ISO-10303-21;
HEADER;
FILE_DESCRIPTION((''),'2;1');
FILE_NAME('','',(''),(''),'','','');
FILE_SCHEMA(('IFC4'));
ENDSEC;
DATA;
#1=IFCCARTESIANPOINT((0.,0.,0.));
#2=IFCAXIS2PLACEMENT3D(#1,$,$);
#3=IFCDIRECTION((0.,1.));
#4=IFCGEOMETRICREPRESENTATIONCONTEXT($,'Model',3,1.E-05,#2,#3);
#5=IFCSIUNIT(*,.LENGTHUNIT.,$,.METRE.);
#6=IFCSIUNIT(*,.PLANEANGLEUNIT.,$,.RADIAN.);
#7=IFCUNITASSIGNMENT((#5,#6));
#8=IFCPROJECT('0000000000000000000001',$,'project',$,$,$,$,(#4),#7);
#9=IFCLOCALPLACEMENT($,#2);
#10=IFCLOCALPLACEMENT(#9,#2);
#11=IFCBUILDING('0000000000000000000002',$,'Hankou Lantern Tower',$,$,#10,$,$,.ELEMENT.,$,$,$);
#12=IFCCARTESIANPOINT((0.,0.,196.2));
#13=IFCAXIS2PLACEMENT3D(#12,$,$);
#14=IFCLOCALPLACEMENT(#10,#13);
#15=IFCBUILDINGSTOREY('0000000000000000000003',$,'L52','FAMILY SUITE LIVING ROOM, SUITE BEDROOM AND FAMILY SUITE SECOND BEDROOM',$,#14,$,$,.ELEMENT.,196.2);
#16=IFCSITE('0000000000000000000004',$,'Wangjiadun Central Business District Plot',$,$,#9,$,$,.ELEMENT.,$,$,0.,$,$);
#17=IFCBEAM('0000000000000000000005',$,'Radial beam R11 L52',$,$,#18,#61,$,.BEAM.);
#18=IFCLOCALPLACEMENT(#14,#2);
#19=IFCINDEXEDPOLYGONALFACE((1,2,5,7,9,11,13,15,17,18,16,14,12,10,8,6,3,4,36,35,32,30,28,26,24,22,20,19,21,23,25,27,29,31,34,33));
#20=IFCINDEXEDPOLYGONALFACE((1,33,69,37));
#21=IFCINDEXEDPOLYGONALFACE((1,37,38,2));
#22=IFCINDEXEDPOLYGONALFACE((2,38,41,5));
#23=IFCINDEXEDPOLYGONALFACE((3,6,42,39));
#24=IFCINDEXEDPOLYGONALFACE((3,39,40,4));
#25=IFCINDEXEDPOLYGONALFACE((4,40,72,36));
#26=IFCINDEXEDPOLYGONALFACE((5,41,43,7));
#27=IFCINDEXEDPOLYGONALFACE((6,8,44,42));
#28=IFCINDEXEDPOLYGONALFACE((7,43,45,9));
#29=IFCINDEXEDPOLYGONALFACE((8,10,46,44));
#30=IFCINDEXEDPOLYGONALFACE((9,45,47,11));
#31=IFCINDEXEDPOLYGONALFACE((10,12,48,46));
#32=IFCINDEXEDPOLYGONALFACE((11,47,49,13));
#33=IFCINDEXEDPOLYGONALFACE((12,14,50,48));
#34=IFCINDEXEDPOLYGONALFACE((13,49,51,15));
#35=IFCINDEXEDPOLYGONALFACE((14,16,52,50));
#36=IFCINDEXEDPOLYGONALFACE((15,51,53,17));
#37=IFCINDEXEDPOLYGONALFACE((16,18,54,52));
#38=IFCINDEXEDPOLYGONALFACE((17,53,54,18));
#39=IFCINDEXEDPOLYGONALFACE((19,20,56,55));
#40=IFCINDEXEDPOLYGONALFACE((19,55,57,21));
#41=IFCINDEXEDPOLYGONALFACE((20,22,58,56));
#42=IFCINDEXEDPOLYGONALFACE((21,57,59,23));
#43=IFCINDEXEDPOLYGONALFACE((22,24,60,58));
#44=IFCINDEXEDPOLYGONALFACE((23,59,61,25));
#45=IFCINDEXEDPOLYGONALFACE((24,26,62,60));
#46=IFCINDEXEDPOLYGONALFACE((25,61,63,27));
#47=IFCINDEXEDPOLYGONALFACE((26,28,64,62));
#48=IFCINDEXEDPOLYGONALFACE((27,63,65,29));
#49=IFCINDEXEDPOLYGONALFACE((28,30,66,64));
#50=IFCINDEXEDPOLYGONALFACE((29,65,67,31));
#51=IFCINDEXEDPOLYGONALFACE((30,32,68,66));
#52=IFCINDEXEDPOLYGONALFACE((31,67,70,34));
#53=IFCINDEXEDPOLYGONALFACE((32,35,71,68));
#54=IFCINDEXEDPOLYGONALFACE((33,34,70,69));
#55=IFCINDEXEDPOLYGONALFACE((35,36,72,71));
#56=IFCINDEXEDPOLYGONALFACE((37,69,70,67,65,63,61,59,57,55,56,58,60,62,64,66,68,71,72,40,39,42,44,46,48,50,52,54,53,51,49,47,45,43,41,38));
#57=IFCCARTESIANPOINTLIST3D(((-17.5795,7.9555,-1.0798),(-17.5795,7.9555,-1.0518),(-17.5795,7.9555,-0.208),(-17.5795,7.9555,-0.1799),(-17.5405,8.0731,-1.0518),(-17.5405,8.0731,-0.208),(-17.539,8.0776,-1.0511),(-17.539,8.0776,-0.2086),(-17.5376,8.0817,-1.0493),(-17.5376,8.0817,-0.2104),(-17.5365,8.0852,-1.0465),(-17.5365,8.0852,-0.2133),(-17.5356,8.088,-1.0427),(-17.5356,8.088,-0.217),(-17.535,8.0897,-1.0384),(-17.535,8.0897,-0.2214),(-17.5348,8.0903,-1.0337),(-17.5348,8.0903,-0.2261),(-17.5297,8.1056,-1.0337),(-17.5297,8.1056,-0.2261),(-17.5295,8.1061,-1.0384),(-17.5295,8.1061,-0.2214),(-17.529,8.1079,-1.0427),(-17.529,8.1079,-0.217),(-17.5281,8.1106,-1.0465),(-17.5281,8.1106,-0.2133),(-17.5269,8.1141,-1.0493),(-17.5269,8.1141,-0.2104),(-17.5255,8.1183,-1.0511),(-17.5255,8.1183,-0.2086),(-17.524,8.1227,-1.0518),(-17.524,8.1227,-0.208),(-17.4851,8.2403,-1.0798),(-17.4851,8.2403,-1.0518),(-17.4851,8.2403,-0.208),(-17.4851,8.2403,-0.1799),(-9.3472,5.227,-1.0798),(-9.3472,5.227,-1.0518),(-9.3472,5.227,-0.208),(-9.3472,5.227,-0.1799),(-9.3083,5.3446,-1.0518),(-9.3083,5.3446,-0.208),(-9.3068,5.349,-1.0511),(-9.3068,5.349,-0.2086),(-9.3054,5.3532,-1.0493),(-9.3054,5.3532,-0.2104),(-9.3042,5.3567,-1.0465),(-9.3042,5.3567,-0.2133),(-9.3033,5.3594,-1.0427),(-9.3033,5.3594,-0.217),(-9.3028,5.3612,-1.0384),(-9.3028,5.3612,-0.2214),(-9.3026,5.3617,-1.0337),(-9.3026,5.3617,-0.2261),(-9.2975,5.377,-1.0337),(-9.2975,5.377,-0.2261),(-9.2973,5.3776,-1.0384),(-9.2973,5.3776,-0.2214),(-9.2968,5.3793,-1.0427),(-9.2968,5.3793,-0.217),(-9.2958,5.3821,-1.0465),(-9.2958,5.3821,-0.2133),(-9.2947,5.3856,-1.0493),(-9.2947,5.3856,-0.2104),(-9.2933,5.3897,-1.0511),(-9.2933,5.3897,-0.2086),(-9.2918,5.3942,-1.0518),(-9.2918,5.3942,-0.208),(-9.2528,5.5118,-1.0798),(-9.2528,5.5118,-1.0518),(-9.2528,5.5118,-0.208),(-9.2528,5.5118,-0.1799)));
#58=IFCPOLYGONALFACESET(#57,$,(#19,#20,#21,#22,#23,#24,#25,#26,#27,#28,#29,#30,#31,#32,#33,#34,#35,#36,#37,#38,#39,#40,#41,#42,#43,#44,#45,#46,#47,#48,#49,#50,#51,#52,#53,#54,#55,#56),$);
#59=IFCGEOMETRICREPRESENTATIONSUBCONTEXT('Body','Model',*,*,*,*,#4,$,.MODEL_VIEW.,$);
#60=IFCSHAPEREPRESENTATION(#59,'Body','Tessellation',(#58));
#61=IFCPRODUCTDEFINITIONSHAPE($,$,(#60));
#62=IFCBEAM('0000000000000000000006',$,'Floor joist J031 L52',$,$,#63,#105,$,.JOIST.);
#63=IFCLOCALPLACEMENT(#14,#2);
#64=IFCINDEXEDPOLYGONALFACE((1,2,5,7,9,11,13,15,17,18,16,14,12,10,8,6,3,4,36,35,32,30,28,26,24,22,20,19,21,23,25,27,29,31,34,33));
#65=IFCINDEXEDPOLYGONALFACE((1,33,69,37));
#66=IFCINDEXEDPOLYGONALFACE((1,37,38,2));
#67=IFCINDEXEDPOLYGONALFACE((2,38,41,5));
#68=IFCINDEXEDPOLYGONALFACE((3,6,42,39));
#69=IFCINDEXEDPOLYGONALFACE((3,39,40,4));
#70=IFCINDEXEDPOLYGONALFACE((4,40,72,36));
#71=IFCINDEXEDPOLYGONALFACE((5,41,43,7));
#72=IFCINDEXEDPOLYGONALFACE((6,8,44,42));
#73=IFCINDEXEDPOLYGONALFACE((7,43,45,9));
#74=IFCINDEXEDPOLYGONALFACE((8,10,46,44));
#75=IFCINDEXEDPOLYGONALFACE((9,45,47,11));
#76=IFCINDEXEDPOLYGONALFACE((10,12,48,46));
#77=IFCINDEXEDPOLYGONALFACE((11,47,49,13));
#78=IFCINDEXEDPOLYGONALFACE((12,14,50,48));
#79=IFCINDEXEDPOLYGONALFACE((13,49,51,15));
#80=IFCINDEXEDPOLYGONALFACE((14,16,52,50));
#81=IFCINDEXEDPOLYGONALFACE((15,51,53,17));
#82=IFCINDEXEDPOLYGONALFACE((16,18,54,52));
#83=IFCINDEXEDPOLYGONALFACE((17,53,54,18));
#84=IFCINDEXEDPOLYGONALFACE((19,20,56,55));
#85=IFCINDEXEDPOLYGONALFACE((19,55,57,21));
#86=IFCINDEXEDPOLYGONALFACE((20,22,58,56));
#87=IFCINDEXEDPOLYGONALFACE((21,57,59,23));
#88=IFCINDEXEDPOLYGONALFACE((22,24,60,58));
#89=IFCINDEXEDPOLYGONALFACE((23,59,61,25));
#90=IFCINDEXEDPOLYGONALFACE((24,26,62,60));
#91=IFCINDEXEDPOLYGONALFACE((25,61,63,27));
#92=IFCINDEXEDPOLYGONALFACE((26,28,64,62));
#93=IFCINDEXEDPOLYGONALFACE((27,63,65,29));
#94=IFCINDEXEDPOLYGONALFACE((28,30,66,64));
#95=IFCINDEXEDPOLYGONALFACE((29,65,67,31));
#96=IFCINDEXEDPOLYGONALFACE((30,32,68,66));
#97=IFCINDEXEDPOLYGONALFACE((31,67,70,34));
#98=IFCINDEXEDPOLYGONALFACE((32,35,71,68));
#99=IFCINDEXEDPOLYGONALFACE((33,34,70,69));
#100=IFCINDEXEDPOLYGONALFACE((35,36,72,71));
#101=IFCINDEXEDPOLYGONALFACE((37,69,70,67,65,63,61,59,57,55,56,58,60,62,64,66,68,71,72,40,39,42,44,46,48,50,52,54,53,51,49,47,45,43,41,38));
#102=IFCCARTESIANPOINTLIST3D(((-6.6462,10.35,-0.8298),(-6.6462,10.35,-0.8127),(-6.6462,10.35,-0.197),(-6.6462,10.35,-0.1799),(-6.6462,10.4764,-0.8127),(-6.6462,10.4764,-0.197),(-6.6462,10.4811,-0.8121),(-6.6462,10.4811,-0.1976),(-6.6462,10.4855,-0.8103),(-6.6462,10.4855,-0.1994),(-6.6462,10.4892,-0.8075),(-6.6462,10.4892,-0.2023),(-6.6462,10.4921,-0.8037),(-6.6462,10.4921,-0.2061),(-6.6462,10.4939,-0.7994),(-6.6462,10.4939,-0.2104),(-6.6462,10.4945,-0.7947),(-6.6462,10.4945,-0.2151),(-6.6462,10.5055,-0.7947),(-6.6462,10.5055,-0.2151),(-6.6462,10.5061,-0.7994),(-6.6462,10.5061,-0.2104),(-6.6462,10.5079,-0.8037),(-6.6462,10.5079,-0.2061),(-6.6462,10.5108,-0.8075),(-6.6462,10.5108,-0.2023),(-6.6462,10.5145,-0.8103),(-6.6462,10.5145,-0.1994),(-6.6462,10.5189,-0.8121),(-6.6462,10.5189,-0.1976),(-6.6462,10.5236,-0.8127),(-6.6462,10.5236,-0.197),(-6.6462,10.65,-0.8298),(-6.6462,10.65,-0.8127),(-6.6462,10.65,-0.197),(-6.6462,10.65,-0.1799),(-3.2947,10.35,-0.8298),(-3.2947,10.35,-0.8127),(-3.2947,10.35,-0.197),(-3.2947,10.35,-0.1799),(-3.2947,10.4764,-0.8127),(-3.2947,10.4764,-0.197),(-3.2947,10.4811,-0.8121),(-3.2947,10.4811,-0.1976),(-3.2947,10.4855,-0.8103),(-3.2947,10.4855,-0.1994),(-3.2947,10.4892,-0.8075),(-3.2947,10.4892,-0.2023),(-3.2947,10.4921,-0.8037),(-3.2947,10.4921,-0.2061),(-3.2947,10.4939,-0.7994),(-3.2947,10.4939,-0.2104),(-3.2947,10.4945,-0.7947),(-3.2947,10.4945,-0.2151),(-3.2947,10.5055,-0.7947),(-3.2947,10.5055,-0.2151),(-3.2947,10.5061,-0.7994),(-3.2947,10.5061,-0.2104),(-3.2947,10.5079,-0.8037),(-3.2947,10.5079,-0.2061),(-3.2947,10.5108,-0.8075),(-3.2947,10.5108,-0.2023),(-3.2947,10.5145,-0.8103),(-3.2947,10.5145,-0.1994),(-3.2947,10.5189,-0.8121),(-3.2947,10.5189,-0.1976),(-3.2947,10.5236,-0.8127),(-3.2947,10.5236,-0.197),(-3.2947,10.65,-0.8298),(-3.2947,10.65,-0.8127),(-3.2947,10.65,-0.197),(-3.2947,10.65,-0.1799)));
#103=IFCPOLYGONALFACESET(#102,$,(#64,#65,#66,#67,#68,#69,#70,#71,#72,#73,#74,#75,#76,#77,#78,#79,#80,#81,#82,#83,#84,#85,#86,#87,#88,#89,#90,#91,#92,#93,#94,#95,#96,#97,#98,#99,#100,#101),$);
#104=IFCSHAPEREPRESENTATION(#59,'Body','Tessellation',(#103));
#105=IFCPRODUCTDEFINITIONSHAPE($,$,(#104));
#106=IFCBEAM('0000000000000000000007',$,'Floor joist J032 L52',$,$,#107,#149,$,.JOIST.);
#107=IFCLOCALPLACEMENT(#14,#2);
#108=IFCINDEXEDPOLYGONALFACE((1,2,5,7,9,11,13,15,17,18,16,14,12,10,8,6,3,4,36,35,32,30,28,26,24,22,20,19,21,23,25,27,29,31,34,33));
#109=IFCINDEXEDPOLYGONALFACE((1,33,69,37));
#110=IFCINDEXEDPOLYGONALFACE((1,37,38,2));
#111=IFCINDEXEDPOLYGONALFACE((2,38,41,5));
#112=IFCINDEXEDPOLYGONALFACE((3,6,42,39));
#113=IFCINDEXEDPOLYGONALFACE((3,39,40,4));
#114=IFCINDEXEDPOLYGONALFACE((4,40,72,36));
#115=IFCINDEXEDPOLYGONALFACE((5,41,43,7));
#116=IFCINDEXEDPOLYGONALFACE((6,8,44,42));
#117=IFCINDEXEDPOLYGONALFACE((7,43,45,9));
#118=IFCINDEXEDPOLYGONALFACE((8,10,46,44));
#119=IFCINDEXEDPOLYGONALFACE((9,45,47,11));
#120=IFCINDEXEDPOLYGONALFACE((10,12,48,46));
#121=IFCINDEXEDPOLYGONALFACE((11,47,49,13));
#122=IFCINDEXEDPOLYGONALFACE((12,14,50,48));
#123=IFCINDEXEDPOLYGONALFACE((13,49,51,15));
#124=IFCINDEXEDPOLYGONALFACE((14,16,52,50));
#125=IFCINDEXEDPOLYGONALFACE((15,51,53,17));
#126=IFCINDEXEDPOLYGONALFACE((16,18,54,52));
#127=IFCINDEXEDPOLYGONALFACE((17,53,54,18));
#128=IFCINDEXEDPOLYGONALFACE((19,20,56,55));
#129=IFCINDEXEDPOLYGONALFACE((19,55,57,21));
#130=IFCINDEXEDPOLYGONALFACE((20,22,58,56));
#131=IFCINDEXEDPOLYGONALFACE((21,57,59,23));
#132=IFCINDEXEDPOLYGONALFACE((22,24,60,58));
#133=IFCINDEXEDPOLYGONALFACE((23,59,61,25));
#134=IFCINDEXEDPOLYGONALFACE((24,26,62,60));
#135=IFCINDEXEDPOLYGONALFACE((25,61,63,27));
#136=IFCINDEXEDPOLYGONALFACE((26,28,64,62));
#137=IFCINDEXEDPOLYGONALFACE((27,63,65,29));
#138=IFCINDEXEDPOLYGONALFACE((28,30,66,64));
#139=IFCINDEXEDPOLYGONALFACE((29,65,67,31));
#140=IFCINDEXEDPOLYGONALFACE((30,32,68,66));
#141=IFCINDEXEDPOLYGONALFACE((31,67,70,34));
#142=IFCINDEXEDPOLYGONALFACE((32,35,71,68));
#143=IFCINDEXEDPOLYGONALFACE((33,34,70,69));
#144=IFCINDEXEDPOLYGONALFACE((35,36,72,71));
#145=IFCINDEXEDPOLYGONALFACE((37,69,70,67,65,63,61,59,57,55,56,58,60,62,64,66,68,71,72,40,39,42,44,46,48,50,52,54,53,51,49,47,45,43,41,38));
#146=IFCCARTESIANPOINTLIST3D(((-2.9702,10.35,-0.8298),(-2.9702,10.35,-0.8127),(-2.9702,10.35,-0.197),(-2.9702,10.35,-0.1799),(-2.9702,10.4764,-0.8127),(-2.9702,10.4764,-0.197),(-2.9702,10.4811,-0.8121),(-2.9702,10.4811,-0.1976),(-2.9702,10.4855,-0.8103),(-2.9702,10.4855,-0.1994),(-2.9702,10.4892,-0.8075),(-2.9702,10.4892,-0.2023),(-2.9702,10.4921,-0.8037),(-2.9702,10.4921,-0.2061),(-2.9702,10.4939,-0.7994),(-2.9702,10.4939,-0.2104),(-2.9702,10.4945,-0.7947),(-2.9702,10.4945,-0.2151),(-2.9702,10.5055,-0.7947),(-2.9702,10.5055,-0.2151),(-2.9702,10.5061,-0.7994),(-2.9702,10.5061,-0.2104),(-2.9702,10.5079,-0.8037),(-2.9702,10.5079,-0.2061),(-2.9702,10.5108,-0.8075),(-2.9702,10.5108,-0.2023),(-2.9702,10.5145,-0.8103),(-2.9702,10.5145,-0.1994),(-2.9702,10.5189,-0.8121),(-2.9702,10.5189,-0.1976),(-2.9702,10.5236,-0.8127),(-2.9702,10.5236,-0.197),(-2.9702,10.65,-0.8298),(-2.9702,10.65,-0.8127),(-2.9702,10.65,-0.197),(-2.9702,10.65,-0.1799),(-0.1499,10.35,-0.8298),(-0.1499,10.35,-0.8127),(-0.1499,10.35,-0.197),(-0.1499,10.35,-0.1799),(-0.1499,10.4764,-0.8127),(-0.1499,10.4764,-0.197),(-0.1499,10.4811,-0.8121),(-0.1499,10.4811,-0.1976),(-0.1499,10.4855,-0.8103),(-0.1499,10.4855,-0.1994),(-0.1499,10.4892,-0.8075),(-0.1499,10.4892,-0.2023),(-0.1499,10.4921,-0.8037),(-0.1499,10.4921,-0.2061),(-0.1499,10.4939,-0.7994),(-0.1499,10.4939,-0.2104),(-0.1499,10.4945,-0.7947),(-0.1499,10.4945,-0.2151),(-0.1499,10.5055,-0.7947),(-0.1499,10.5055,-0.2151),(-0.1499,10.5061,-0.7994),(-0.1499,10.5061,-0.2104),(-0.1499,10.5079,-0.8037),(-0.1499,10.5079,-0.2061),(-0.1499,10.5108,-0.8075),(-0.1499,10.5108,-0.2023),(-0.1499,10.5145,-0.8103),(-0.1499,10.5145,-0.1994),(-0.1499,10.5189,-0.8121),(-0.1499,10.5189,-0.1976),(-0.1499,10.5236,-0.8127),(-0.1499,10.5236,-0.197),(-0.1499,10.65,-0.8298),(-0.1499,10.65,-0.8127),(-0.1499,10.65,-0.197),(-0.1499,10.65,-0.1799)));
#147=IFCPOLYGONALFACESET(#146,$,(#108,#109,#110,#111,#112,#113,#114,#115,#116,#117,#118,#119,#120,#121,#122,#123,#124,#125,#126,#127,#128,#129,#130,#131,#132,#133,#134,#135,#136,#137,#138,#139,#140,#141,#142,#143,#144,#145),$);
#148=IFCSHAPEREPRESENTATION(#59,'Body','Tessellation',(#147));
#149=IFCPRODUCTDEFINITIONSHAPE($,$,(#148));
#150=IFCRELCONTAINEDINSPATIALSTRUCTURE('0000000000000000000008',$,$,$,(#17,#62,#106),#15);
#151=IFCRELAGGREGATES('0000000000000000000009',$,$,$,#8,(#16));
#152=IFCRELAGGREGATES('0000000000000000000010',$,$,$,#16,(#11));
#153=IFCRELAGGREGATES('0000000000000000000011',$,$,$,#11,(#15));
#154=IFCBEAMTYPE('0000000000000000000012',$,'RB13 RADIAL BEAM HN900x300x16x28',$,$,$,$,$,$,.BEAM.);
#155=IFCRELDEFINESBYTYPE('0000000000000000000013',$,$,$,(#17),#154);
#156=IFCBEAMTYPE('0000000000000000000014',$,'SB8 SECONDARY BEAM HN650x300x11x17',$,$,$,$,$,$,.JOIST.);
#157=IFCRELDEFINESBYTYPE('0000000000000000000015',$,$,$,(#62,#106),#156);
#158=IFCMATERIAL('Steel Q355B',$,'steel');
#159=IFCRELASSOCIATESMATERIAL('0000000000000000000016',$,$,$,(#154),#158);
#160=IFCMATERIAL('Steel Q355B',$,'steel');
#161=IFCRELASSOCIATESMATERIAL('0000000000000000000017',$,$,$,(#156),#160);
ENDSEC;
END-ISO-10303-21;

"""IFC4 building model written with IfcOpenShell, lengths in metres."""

from ifc_helpers import new_model, si_unit, direction, frame, origin, origin_2d, place, context, subcontext, project, spatial, i_section, extrude, material, material_profile, profile_set, type_object, element, save


model = new_model("IFC4")

# Units and contexts
model_context = context("Model", 3, precision=1e-05, world=origin(), true_north=direction((0.0, 1.0)))
body_context = subcontext(model_context, "Body", "Model", "MODEL_VIEW")
ifc_project = project(units=[si_unit("LENGTHUNIT", "METRE"), si_unit("PLANEANGLEUNIT", "RADIAN")], contexts=[model_context])

# Site, building, storey
site_placement = place(None, origin())
site = spatial("IfcSite", under=ifc_project, at=site_placement, Name="Wangjiadun Central Business District Plot", CompositionType="ELEMENT", RefElevation=0.0)
building_placement = place(site_placement, origin())
building = spatial("IfcBuilding", under=site, at=building_placement, Name="Hankou Lantern Tower", CompositionType="ELEMENT")
storey_placement = place(building_placement, frame((0.0, 0.0, 196.2)))
storey = spatial("IfcBuildingStorey", under=building, at=storey_placement, Name="L52", Description="FAMILY SUITE LIVING ROOM, SUITE BEDROOM AND FAMILY SUITE SECOND BEDROOM", CompositionType="ELEMENT", Elevation=196.2)

# Beams
ifc_material_1 = material(Name="Steel Q355B", Category="steel")
ifc_material_profile_1 = material_profile(ifc_material_1, i_section(OverallWidth=0.3, OverallDepth=0.8999, WebThickness=0.0161, FlangeThickness=0.0281, FilletRadius=0.0181, at=origin_2d()), Name="HN900x300x16x28")
ifc_profile_set_1 = profile_set([ifc_material_profile_1], Name="Steel Q355B")
beam_type_1 = type_object("IfcBeamType", Name="RB13 RADIAL BEAM HN900x300x16x28", PredefinedType="BEAM", material=ifc_profile_set_1)
beam_1_placement = place(storey_placement, frame((-9.3, 5.3694, -0.6299), z_axis=(-0.94922, 0.314614, 0.0), x_axis=(-0.314614, -0.94922, 0.0)))
element("IfcBeam", 1, at=beam_1_placement, inside=storey, type_object=beam_type_1, Name="Radial beam R11 L52", PredefinedType="BEAM", context=body_context, shape_type="SweptSolid", body=[
    extrude(i_section(OverallWidth=0.3, OverallDepth=0.8999, WebThickness=0.0161, FlangeThickness=0.0281, FilletRadius=0.0181, at=origin_2d()), origin(), (0.0, 0.0, 1.0), 8.6726),
])
ifc_material_2 = material(Name="Steel Q355B", Category="steel")
ifc_material_profile_2 = material_profile(ifc_material_2, i_section(OverallWidth=0.3, OverallDepth=0.6499, WebThickness=0.011, FlangeThickness=0.0171, FilletRadius=0.0181, at=origin_2d()), Name="HN650x300x11x17")
ifc_profile_set_2 = profile_set([ifc_material_profile_2], Name="Steel Q355B")
beam_type_2 = type_object("IfcBeamType", Name="SB8 SECONDARY BEAM HN650x300x11x17", PredefinedType="JOIST", material=ifc_profile_set_2)
beam_2_placement = place(storey_placement, frame((-6.6462, 10.5, -0.5049), z_axis=(1.0, 0.0, 0.0), x_axis=(0.0, 1.0, 0.0)))
element("IfcBeam", 2, at=beam_2_placement, inside=storey, type_object=beam_type_2, Name="Floor joist J031 L52", PredefinedType="JOIST", context=body_context, shape_type="SweptSolid", body=[
    extrude(i_section(OverallWidth=0.3, OverallDepth=0.6499, WebThickness=0.011, FlangeThickness=0.0171, FilletRadius=0.0181, at=origin_2d()), origin(), (0.0, 0.0, 1.0), 3.3516),
])
beam_3_placement = place(storey_placement, frame((-2.9702, 10.5, -0.5049), z_axis=(1.0, 0.0, 0.0), x_axis=(0.0, 1.0, 0.0)))
element("IfcBeam", 3, at=beam_3_placement, inside=storey, type_object=beam_type_2, Name="Floor joist J032 L52", PredefinedType="JOIST", context=body_context, shape_type="SweptSolid", body=[
    extrude(i_section(OverallWidth=0.3, OverallDepth=0.6499, WebThickness=0.011, FlangeThickness=0.0171, FilletRadius=0.0181, at=origin_2d()), origin(), (0.0, 0.0, 1.0), 2.8203),
])

save(model, "model.ifc")
